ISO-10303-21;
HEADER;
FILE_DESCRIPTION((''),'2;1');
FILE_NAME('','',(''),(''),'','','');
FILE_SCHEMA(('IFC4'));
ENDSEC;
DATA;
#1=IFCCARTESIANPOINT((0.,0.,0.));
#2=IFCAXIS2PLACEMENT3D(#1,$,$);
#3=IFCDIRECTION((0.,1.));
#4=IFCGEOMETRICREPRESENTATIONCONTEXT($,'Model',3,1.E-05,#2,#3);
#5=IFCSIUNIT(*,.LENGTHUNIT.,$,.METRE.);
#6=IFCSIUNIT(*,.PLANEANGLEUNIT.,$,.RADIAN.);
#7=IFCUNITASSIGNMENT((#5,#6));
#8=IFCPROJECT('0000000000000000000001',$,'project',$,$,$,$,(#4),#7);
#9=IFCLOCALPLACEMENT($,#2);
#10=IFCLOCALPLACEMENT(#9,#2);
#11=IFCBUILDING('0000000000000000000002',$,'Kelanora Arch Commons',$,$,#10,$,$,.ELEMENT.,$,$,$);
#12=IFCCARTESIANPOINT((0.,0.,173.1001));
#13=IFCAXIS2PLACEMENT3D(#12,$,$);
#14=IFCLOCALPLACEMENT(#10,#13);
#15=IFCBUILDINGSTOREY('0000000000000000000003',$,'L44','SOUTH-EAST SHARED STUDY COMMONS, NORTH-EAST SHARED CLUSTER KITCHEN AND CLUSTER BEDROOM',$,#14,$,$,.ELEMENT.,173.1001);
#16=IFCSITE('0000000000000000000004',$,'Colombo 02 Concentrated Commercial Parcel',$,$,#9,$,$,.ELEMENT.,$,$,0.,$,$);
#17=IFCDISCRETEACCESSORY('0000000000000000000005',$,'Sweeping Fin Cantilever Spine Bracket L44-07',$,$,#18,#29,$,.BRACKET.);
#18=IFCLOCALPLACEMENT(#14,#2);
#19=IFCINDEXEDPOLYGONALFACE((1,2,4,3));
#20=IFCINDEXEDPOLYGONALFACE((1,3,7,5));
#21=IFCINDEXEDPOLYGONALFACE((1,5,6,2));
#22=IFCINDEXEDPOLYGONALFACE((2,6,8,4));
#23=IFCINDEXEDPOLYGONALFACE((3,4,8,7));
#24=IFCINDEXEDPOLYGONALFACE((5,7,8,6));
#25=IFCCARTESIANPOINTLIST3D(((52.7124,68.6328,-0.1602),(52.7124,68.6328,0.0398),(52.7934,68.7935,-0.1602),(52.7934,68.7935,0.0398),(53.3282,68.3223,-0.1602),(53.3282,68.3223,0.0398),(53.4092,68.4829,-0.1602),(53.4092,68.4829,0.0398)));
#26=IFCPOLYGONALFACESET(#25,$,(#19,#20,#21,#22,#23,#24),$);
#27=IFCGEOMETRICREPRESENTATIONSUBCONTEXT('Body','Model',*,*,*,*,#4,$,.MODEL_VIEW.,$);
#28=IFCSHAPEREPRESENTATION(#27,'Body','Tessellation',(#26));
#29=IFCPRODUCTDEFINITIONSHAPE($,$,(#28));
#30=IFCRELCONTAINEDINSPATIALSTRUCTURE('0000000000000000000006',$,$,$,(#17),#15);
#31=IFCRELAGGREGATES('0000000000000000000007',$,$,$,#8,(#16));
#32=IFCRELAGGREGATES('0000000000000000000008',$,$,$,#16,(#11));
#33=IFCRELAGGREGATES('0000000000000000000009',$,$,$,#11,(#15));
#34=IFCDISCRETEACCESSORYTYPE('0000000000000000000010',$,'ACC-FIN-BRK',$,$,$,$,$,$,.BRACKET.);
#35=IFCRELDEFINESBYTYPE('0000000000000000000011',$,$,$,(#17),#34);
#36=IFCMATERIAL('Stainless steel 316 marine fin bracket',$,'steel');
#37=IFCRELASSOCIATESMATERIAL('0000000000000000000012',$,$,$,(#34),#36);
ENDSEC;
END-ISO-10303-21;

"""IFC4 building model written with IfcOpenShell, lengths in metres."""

from ifc_helpers import new_model, si_unit, direction, frame, origin, origin_2d, place, context, subcontext, project, spatial, rectangle, extrude, source, transform, mapped, material, type_object, element, save


model = new_model("IFC4")

# Units and contexts
model_context = context("Model", 3, precision=1e-05, world=origin(), true_north=direction((0.0, 1.0)))
body_context = subcontext(model_context, "Body", "Model", "MODEL_VIEW")
ifc_project = project(units=[si_unit("LENGTHUNIT", "METRE"), si_unit("PLANEANGLEUNIT", "RADIAN")], contexts=[model_context])

# Site, building, storey
site_placement = place(None, origin())
site = spatial("IfcSite", under=ifc_project, at=site_placement, Name="Colombo 02 Concentrated Commercial Parcel", CompositionType="ELEMENT", RefElevation=0.0)
building_placement = place(site_placement, origin())
building = spatial("IfcBuilding", under=site, at=building_placement, Name="Kelanora Arch Commons", CompositionType="ELEMENT")
storey_placement = place(building_placement, frame((0.0, 0.0, 173.1001)))
storey = spatial("IfcBuildingStorey", under=building, at=storey_placement, Name="L44", Description="SOUTH-EAST SHARED STUDY COMMONS, NORTH-EAST SHARED CLUSTER KITCHEN AND CLUSTER BEDROOM", CompositionType="ELEMENT", Elevation=173.1001)

# Discrete accessory
ifc_material_1 = material(Name="Stainless steel 316 marine fin bracket", Category="steel")
discrete_accessory_type = type_object("IfcDiscreteAccessoryType", Name="ACC-FIN-BRK", PredefinedType="BRACKET", material=ifc_material_1)
shared_shape_1 = source(origin(), body_context, "Body", "SweptSolid", [
    extrude(rectangle(XDim=0.6897, YDim=0.1799, at=origin_2d()), origin(), (0.0, 0.0, 1.0), 0.2),
])
for number, where, z_axis, x_axis, name in (
    (1, (53.0608, 68.5579, -0.1602), (0.0, 0.0, 1.0), (-0.8929, 0.450254, 0.0), "Sweeping Fin Cantilever Spine Bracket L44-07"),
):
    element("IfcDiscreteAccessory", number, at=place(storey_placement, frame(where, z_axis=z_axis, x_axis=x_axis)), inside=storey, type_object=discrete_accessory_type, Name=name, PredefinedType="BRACKET", context=body_context, shape_type="MappedRepresentation", body=[
        mapped(shared_shape_1, transform((0.0, 0.0, 0.0), scale=1.0)),
    ])

save(model, "model.ifc")
